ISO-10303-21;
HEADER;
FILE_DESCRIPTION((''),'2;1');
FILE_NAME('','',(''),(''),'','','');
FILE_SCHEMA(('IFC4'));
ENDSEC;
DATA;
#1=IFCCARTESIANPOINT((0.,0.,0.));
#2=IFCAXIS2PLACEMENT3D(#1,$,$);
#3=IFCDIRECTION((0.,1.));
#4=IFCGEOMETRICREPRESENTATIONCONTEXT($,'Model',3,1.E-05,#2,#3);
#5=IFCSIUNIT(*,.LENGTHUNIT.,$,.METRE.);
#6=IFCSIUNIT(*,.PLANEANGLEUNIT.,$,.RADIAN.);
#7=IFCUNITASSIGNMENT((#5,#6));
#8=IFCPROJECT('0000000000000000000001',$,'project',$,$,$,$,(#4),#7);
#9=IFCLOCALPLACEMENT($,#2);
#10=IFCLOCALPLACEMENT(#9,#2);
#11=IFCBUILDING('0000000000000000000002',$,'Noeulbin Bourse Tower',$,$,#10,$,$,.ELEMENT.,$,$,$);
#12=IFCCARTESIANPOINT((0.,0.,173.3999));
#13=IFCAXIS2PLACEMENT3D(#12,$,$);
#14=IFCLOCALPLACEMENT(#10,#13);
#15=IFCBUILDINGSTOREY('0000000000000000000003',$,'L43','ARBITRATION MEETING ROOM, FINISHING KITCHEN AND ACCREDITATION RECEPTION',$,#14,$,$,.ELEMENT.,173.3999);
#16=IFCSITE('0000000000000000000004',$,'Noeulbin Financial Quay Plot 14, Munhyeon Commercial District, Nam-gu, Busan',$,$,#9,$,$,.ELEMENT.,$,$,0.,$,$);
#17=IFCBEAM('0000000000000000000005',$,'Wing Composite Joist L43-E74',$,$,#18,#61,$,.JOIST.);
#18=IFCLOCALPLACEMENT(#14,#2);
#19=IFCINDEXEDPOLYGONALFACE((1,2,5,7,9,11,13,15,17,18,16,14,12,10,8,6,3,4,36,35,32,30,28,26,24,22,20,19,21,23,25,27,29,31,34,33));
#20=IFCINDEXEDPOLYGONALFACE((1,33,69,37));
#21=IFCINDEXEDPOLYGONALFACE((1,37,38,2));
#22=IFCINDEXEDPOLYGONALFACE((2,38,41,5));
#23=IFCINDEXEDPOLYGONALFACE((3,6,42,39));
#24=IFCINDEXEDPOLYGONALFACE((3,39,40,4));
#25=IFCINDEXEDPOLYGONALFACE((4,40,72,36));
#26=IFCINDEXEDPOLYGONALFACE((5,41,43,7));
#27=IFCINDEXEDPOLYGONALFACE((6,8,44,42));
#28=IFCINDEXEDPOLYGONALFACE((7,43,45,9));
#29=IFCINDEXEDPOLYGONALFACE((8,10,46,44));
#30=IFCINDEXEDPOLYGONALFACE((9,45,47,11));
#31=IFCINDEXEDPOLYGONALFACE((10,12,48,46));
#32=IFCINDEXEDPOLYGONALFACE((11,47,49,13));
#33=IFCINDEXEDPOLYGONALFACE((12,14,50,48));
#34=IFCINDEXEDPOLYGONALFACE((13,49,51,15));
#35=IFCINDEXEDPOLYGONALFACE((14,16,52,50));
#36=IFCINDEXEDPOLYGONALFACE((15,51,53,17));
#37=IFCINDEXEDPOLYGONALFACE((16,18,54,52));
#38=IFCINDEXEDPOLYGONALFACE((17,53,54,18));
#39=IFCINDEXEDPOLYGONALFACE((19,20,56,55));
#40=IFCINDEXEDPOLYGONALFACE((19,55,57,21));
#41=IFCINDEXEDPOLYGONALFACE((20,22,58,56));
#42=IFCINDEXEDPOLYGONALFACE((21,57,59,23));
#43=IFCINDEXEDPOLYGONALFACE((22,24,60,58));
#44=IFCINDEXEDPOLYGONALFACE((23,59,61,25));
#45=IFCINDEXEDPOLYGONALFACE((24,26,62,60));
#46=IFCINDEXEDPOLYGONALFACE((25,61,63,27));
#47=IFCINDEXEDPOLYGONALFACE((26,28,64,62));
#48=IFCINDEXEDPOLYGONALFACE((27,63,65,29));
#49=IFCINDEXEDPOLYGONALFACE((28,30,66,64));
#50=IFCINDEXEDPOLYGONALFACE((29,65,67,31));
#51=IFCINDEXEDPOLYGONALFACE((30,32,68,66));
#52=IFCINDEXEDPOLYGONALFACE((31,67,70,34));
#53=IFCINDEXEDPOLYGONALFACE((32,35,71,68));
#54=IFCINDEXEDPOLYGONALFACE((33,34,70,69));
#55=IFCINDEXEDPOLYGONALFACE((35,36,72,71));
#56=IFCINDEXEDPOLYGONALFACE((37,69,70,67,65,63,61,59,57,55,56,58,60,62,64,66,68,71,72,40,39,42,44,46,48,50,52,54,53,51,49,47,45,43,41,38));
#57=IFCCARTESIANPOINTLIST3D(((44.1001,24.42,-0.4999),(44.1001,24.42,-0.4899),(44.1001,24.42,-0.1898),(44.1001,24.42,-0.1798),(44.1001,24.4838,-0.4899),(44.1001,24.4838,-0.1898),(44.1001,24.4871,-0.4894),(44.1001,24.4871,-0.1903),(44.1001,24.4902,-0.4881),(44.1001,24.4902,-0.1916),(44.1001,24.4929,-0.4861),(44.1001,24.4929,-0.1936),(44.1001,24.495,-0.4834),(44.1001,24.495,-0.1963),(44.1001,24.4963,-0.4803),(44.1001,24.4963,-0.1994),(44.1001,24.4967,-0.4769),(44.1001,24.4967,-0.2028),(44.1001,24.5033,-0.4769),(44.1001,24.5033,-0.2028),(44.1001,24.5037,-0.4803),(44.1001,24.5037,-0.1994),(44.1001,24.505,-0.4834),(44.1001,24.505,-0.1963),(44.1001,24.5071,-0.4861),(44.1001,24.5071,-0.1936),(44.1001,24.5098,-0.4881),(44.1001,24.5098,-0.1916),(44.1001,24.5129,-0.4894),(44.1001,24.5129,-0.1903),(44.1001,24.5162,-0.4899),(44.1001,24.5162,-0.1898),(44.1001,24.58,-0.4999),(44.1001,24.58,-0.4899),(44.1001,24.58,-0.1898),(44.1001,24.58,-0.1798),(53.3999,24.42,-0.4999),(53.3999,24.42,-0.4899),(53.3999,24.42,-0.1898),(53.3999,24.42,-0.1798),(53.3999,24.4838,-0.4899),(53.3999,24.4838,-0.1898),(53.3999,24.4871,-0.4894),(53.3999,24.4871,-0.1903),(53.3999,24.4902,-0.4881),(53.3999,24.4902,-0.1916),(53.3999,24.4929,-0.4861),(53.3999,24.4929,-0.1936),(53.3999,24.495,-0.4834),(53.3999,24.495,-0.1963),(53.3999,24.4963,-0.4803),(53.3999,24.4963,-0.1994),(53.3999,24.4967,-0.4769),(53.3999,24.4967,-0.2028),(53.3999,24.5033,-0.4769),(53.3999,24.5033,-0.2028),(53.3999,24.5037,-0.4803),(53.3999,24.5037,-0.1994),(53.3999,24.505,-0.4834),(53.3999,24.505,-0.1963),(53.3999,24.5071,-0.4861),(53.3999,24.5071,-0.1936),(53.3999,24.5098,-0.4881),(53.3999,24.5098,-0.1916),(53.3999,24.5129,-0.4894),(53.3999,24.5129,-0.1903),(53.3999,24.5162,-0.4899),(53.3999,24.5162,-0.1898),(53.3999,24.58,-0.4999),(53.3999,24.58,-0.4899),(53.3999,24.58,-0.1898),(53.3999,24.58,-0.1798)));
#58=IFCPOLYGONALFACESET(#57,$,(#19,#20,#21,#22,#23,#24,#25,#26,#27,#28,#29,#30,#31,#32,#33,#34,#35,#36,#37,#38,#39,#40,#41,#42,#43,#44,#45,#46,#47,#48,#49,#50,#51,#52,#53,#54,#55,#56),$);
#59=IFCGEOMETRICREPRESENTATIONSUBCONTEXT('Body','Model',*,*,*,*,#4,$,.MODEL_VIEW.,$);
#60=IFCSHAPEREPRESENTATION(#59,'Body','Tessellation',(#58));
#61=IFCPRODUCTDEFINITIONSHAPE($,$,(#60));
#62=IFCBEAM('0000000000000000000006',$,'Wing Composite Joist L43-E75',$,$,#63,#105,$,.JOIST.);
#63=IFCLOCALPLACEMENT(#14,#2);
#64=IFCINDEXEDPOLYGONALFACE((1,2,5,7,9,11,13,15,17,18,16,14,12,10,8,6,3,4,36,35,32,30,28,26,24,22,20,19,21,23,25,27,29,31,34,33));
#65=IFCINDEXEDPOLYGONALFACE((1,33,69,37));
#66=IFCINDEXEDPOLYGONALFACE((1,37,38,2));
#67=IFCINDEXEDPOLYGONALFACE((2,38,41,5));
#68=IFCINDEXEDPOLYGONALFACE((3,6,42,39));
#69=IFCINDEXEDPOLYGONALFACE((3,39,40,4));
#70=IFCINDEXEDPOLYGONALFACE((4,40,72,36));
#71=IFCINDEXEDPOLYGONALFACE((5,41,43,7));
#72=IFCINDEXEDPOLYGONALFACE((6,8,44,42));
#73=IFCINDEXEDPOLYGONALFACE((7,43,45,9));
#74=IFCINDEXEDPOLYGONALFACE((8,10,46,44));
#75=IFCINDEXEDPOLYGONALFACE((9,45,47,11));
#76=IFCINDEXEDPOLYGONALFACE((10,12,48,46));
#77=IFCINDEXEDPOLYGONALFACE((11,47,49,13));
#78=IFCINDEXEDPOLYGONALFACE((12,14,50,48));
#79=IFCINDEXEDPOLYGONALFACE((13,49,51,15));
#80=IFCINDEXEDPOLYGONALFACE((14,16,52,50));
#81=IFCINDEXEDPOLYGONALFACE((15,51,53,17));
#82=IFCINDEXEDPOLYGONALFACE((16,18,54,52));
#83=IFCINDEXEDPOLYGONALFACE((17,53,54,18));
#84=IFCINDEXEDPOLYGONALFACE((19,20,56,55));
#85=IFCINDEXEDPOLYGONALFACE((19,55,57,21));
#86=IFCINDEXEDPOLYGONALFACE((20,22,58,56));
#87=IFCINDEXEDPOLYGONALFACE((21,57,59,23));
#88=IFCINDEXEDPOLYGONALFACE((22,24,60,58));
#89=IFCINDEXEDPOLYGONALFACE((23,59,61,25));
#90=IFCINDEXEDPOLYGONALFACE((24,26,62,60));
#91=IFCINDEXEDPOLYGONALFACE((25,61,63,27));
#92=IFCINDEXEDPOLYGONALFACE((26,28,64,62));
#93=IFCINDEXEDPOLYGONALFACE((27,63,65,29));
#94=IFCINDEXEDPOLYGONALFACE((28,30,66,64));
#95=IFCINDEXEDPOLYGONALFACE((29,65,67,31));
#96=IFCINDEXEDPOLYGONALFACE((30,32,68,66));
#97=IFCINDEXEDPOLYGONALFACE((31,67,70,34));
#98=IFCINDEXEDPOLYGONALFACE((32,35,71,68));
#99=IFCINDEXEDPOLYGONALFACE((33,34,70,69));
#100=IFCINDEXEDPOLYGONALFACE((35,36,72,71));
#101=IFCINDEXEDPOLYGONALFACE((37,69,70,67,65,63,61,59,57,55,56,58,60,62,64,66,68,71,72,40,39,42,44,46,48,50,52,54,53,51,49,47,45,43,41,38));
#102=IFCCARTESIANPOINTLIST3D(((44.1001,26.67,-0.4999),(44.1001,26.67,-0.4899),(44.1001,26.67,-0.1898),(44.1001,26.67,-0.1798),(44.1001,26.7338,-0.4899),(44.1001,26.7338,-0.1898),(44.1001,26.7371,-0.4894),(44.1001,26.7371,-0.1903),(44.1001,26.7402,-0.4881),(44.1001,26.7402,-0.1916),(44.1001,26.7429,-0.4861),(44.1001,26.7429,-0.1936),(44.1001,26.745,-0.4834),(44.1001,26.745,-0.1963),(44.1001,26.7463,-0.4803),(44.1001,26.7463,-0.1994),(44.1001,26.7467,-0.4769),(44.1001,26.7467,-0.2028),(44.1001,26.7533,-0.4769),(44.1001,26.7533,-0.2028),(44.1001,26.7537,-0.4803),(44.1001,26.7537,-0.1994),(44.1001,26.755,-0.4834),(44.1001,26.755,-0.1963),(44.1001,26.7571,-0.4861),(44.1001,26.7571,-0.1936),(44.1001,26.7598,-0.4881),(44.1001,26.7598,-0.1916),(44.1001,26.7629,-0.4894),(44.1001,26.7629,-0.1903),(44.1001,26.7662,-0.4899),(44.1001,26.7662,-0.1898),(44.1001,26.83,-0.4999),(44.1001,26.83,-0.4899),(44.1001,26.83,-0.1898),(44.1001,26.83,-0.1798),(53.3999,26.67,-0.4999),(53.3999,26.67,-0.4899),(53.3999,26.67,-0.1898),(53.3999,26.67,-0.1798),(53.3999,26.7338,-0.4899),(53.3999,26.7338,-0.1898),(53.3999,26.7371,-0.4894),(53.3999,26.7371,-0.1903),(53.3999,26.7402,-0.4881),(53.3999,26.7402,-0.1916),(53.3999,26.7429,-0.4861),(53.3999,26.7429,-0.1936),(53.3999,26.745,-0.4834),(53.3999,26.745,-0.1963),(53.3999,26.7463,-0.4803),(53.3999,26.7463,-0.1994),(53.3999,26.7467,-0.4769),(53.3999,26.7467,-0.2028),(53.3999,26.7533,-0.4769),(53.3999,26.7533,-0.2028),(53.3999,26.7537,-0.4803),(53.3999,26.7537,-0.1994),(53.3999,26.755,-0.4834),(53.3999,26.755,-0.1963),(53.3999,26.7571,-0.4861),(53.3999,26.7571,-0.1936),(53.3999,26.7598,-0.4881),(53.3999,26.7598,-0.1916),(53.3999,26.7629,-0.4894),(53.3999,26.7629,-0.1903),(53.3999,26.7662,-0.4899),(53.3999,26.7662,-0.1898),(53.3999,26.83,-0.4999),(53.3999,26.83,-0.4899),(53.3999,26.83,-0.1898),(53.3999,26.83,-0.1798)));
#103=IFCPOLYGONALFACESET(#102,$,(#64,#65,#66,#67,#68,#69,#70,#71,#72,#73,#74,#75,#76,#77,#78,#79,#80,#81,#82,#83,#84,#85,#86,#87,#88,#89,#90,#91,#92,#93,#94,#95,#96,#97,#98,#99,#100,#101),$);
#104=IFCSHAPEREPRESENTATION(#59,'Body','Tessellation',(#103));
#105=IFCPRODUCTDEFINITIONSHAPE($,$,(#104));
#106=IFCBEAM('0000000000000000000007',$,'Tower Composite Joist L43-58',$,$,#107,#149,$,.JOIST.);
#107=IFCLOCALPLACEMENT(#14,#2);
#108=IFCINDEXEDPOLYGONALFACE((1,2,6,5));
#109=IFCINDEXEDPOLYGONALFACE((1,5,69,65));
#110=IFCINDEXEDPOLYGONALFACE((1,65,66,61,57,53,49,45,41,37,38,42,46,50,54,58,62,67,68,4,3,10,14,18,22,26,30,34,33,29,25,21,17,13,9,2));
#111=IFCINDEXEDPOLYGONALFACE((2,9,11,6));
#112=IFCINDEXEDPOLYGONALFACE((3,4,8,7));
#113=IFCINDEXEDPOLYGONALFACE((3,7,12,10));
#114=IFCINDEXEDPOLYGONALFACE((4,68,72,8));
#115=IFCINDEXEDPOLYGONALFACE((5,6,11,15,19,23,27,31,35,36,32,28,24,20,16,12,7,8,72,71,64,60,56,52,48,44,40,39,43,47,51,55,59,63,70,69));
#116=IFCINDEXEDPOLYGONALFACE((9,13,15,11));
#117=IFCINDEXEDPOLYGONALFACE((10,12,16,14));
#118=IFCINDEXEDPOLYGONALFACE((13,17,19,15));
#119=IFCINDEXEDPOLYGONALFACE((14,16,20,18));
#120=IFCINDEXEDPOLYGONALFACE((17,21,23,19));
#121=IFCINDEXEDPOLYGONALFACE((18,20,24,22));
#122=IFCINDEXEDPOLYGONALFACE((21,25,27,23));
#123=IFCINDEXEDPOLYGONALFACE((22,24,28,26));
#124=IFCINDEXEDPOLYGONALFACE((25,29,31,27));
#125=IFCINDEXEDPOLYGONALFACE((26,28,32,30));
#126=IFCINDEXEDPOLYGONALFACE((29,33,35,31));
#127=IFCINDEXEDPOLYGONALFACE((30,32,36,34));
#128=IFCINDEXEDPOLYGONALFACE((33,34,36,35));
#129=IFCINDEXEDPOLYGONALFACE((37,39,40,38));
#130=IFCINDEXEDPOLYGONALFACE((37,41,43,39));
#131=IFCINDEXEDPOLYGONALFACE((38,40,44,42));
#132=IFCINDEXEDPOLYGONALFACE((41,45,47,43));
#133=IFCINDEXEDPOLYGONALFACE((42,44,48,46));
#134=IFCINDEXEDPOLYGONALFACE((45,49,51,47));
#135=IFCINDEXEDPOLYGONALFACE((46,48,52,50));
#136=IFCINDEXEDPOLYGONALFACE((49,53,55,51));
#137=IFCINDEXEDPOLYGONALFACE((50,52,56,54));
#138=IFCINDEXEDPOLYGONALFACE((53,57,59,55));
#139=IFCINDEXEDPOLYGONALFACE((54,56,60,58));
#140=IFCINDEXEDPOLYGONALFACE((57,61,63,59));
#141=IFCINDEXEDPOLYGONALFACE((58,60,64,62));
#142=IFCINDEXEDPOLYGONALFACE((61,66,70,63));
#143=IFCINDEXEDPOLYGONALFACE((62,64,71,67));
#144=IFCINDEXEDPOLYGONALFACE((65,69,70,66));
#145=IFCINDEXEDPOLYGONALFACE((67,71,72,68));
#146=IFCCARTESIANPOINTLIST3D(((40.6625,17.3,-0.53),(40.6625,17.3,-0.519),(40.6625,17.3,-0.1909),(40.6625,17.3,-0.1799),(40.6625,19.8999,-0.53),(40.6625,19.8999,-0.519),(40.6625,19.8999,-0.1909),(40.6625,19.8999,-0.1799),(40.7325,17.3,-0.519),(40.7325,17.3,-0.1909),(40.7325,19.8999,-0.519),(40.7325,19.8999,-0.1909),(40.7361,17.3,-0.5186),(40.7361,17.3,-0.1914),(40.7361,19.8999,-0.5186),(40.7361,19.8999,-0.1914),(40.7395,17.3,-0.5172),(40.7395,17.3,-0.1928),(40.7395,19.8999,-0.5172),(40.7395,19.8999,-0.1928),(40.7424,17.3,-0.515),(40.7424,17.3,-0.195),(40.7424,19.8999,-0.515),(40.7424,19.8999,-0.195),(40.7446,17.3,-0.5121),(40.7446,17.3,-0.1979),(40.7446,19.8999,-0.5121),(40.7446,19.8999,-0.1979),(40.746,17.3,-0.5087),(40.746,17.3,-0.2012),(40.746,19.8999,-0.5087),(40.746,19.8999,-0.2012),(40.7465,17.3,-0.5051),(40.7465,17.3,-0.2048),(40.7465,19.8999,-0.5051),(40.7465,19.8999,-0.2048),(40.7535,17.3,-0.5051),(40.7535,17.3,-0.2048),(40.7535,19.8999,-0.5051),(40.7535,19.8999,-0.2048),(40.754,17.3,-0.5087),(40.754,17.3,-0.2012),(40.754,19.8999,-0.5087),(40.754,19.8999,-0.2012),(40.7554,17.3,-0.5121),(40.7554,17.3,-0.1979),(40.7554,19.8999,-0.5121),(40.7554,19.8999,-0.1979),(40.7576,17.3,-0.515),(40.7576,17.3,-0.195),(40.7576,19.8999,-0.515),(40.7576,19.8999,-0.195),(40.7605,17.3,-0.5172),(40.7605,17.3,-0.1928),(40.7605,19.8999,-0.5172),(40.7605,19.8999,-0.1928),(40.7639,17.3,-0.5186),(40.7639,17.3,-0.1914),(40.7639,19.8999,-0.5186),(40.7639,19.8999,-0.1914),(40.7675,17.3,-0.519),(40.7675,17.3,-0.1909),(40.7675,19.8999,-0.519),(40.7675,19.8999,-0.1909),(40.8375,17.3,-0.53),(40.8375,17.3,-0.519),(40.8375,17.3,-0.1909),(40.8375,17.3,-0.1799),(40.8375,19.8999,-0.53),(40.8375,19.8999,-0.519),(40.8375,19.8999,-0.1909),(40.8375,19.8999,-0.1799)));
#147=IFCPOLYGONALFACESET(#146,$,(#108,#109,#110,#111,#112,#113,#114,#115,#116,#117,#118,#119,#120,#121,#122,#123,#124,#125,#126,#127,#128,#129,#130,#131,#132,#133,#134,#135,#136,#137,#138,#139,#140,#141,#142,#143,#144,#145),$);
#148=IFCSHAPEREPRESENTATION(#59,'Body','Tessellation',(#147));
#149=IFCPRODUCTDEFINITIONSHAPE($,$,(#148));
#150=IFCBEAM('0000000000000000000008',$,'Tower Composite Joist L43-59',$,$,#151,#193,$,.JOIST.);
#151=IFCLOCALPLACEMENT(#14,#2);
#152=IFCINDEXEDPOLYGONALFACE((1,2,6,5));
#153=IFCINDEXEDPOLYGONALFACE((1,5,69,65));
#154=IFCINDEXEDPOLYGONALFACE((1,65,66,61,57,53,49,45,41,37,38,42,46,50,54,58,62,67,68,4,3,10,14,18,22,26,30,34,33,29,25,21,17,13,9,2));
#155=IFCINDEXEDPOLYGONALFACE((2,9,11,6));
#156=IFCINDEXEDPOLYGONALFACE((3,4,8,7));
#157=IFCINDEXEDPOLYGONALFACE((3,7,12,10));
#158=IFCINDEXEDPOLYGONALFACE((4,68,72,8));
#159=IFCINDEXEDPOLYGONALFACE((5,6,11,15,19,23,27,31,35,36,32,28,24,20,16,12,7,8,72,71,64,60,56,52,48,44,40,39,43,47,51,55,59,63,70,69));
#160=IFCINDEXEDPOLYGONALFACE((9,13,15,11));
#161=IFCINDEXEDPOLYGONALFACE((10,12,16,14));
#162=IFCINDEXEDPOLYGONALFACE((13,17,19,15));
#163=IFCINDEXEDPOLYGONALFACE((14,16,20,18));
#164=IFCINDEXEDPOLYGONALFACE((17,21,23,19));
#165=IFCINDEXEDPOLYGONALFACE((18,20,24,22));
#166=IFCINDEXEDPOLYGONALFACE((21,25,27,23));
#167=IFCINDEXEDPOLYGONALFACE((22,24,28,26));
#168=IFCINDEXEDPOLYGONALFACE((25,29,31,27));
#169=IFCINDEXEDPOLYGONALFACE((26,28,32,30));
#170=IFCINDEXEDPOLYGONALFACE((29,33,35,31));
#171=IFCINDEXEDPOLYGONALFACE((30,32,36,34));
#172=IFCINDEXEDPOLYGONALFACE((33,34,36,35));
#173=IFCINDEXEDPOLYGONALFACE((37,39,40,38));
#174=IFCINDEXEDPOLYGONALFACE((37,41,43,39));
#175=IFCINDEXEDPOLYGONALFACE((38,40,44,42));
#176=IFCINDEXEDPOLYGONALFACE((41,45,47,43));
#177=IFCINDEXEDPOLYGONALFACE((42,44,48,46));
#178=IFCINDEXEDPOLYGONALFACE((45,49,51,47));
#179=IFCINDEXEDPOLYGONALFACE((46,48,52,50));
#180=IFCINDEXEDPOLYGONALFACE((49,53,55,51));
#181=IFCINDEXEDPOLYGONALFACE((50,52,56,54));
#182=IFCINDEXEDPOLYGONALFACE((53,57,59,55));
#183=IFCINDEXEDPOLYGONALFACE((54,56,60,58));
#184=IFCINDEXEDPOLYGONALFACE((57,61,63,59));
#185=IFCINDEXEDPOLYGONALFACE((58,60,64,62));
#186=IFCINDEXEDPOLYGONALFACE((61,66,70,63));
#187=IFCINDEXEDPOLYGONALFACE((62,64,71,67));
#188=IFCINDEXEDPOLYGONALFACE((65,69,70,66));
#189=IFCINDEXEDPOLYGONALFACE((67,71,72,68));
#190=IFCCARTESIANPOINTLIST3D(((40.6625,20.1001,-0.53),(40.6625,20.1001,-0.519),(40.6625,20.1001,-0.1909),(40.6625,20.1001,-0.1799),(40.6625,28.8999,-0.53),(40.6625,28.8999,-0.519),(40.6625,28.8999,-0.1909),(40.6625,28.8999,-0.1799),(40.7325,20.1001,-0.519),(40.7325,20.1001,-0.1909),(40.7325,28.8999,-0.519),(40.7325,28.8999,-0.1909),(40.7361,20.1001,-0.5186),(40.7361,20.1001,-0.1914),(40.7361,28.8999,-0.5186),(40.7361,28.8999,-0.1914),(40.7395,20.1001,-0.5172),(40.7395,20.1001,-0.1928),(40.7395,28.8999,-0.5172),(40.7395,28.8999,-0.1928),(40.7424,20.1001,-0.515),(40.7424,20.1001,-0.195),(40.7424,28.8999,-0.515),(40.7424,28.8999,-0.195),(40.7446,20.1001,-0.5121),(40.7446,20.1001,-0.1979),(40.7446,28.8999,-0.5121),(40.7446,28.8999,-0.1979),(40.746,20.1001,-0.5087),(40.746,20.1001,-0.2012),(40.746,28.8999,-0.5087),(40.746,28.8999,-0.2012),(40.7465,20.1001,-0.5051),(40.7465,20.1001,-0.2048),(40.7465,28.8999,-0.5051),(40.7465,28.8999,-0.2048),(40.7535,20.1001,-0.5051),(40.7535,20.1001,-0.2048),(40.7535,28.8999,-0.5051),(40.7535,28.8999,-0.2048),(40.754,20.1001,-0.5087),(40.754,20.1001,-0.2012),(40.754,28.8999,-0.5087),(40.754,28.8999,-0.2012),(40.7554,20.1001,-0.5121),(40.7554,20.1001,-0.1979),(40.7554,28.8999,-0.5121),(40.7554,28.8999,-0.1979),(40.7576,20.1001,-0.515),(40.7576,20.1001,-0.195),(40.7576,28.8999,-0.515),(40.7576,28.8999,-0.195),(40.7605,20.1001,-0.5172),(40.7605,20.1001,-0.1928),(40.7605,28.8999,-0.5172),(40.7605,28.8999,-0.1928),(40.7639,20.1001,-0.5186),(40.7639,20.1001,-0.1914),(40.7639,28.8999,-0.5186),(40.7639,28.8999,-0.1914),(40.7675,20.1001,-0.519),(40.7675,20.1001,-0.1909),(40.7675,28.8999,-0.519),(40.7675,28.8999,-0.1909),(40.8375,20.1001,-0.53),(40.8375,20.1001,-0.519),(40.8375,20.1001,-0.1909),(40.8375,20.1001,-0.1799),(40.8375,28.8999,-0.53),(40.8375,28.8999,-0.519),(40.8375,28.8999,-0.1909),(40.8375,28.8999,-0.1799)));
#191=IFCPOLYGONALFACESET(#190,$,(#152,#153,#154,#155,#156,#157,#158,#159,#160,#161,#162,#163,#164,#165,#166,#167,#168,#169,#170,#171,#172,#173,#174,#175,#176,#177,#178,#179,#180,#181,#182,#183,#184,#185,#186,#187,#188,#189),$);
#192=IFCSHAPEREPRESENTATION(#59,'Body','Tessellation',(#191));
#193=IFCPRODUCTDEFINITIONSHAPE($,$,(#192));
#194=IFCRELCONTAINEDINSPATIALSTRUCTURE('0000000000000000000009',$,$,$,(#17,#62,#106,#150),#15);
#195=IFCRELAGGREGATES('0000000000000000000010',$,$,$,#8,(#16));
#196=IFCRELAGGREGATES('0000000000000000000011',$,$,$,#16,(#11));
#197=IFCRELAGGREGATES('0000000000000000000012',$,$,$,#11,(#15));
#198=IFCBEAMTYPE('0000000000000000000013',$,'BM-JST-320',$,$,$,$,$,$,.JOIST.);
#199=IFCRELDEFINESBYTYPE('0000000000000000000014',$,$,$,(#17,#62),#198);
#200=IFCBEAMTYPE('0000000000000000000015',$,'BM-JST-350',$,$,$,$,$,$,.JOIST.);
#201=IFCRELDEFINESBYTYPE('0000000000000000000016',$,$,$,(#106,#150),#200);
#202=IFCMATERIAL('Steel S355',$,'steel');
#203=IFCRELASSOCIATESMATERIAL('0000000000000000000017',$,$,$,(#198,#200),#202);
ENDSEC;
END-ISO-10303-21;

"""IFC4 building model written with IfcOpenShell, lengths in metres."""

from ifc_helpers import new_model, si_unit, direction, frame, origin, origin_2d, place, context, subcontext, project, spatial, i_section, extrude, material, material_profile, profile_set, type_object, element, save


model = new_model("IFC4")

# Units and contexts
model_context = context("Model", 3, precision=1e-05, world=origin(), true_north=direction((0.0, 1.0)))
body_context = subcontext(model_context, "Body", "Model", "MODEL_VIEW")
ifc_project = project(units=[si_unit("LENGTHUNIT", "METRE"), si_unit("PLANEANGLEUNIT", "RADIAN")], contexts=[model_context])

# Site, building, storey
site_placement = place(None, origin())
site = spatial("IfcSite", under=ifc_project, at=site_placement, Name="Noeulbin Financial Quay Plot 14, Munhyeon Commercial District, Nam-gu, Busan", CompositionType="ELEMENT", RefElevation=0.0)
building_placement = place(site_placement, origin())
building = spatial("IfcBuilding", under=site, at=building_placement, Name="Noeulbin Bourse Tower", CompositionType="ELEMENT")
storey_placement = place(building_placement, frame((0.0, 0.0, 173.3999)))
storey = spatial("IfcBuildingStorey", under=building, at=storey_placement, Name="L43", Description="ARBITRATION MEETING ROOM, FINISHING KITCHEN AND ACCREDITATION RECEPTION", CompositionType="ELEMENT", Elevation=173.3999)

# Shared definitions
ifc_material_1 = material(Name="Steel S355", Category="steel")

# Beams
ifc_material_profile_1 = material_profile(ifc_material_1, i_section(OverallWidth=0.1599, OverallDepth=0.3201, WebThickness=0.0066, FlangeThickness=0.01, FilletRadius=0.0129, at=origin_2d()), Name="H-320x160x6.5x10", Category="LoadBearing")
ifc_profile_set_1 = profile_set([ifc_material_profile_1], Name="Steel S355")
beam_type_1 = type_object("IfcBeamType", Name="BM-JST-320", PredefinedType="JOIST", material=ifc_profile_set_1)
for number, where, z_axis, x_axis, name in (
    (1, (44.1001, 24.5, -0.3398), (1.0, 0.0, 0.0), (0.0, 1.0, 0.0), "Wing Composite Joist L43-E74"),
    (2, (44.1001, 26.75, -0.3398), (1.0, 0.0, 0.0), (0.0, 1.0, 0.0), "Wing Composite Joist L43-E75"),
):
    element("IfcBeam", number, at=place(storey_placement, frame(where, z_axis=z_axis, x_axis=x_axis)), inside=storey, type_object=beam_type_1, Name=name, PredefinedType="JOIST", context=body_context, shape_type="SweptSolid", body=[
        extrude(i_section(OverallWidth=0.1599, OverallDepth=0.3201, WebThickness=0.0066, FlangeThickness=0.01, FilletRadius=0.0129, at=origin_2d()), origin(), (0.0, 0.0, 1.0), 9.2998),
    ])
ifc_material_profile_2 = material_profile(ifc_material_1, i_section(OverallWidth=0.175, OverallDepth=0.3501, WebThickness=0.0071, FlangeThickness=0.011, FilletRadius=0.0139, at=origin_2d()), Name="H-350x175x7x11", Category="LoadBearing")
ifc_profile_set_2 = profile_set([ifc_material_profile_2], Name="Steel S355")
beam_type_2 = type_object("IfcBeamType", Name="BM-JST-350", PredefinedType="JOIST", material=ifc_profile_set_2)
beam_1_placement = place(storey_placement, frame((40.75, 17.3, -0.355), z_axis=(0.0, 1.0, 0.0), x_axis=(-1.0, 0.0, 0.0)))
element("IfcBeam", 3, at=beam_1_placement, inside=storey, type_object=beam_type_2, Name="Tower Composite Joist L43-58", PredefinedType="JOIST", context=body_context, shape_type="SweptSolid", body=[
    extrude(i_section(OverallWidth=0.175, OverallDepth=0.3501, WebThickness=0.0071, FlangeThickness=0.011, FilletRadius=0.0139, at=origin_2d()), origin(), (0.0, 0.0, 1.0), 2.5999),
])
beam_2_placement = place(storey_placement, frame((40.75, 20.1001, -0.355), z_axis=(0.0, 1.0, 0.0), x_axis=(-1.0, 0.0, 0.0)))
element("IfcBeam", 4, at=beam_2_placement, inside=storey, type_object=beam_type_2, Name="Tower Composite Joist L43-59", PredefinedType="JOIST", context=body_context, shape_type="SweptSolid", body=[
    extrude(i_section(OverallWidth=0.175, OverallDepth=0.3501, WebThickness=0.0071, FlangeThickness=0.011, FilletRadius=0.0139, at=origin_2d()), origin(), (0.0, 0.0, 1.0), 8.7998),
])

save(model, "model.ifc")
